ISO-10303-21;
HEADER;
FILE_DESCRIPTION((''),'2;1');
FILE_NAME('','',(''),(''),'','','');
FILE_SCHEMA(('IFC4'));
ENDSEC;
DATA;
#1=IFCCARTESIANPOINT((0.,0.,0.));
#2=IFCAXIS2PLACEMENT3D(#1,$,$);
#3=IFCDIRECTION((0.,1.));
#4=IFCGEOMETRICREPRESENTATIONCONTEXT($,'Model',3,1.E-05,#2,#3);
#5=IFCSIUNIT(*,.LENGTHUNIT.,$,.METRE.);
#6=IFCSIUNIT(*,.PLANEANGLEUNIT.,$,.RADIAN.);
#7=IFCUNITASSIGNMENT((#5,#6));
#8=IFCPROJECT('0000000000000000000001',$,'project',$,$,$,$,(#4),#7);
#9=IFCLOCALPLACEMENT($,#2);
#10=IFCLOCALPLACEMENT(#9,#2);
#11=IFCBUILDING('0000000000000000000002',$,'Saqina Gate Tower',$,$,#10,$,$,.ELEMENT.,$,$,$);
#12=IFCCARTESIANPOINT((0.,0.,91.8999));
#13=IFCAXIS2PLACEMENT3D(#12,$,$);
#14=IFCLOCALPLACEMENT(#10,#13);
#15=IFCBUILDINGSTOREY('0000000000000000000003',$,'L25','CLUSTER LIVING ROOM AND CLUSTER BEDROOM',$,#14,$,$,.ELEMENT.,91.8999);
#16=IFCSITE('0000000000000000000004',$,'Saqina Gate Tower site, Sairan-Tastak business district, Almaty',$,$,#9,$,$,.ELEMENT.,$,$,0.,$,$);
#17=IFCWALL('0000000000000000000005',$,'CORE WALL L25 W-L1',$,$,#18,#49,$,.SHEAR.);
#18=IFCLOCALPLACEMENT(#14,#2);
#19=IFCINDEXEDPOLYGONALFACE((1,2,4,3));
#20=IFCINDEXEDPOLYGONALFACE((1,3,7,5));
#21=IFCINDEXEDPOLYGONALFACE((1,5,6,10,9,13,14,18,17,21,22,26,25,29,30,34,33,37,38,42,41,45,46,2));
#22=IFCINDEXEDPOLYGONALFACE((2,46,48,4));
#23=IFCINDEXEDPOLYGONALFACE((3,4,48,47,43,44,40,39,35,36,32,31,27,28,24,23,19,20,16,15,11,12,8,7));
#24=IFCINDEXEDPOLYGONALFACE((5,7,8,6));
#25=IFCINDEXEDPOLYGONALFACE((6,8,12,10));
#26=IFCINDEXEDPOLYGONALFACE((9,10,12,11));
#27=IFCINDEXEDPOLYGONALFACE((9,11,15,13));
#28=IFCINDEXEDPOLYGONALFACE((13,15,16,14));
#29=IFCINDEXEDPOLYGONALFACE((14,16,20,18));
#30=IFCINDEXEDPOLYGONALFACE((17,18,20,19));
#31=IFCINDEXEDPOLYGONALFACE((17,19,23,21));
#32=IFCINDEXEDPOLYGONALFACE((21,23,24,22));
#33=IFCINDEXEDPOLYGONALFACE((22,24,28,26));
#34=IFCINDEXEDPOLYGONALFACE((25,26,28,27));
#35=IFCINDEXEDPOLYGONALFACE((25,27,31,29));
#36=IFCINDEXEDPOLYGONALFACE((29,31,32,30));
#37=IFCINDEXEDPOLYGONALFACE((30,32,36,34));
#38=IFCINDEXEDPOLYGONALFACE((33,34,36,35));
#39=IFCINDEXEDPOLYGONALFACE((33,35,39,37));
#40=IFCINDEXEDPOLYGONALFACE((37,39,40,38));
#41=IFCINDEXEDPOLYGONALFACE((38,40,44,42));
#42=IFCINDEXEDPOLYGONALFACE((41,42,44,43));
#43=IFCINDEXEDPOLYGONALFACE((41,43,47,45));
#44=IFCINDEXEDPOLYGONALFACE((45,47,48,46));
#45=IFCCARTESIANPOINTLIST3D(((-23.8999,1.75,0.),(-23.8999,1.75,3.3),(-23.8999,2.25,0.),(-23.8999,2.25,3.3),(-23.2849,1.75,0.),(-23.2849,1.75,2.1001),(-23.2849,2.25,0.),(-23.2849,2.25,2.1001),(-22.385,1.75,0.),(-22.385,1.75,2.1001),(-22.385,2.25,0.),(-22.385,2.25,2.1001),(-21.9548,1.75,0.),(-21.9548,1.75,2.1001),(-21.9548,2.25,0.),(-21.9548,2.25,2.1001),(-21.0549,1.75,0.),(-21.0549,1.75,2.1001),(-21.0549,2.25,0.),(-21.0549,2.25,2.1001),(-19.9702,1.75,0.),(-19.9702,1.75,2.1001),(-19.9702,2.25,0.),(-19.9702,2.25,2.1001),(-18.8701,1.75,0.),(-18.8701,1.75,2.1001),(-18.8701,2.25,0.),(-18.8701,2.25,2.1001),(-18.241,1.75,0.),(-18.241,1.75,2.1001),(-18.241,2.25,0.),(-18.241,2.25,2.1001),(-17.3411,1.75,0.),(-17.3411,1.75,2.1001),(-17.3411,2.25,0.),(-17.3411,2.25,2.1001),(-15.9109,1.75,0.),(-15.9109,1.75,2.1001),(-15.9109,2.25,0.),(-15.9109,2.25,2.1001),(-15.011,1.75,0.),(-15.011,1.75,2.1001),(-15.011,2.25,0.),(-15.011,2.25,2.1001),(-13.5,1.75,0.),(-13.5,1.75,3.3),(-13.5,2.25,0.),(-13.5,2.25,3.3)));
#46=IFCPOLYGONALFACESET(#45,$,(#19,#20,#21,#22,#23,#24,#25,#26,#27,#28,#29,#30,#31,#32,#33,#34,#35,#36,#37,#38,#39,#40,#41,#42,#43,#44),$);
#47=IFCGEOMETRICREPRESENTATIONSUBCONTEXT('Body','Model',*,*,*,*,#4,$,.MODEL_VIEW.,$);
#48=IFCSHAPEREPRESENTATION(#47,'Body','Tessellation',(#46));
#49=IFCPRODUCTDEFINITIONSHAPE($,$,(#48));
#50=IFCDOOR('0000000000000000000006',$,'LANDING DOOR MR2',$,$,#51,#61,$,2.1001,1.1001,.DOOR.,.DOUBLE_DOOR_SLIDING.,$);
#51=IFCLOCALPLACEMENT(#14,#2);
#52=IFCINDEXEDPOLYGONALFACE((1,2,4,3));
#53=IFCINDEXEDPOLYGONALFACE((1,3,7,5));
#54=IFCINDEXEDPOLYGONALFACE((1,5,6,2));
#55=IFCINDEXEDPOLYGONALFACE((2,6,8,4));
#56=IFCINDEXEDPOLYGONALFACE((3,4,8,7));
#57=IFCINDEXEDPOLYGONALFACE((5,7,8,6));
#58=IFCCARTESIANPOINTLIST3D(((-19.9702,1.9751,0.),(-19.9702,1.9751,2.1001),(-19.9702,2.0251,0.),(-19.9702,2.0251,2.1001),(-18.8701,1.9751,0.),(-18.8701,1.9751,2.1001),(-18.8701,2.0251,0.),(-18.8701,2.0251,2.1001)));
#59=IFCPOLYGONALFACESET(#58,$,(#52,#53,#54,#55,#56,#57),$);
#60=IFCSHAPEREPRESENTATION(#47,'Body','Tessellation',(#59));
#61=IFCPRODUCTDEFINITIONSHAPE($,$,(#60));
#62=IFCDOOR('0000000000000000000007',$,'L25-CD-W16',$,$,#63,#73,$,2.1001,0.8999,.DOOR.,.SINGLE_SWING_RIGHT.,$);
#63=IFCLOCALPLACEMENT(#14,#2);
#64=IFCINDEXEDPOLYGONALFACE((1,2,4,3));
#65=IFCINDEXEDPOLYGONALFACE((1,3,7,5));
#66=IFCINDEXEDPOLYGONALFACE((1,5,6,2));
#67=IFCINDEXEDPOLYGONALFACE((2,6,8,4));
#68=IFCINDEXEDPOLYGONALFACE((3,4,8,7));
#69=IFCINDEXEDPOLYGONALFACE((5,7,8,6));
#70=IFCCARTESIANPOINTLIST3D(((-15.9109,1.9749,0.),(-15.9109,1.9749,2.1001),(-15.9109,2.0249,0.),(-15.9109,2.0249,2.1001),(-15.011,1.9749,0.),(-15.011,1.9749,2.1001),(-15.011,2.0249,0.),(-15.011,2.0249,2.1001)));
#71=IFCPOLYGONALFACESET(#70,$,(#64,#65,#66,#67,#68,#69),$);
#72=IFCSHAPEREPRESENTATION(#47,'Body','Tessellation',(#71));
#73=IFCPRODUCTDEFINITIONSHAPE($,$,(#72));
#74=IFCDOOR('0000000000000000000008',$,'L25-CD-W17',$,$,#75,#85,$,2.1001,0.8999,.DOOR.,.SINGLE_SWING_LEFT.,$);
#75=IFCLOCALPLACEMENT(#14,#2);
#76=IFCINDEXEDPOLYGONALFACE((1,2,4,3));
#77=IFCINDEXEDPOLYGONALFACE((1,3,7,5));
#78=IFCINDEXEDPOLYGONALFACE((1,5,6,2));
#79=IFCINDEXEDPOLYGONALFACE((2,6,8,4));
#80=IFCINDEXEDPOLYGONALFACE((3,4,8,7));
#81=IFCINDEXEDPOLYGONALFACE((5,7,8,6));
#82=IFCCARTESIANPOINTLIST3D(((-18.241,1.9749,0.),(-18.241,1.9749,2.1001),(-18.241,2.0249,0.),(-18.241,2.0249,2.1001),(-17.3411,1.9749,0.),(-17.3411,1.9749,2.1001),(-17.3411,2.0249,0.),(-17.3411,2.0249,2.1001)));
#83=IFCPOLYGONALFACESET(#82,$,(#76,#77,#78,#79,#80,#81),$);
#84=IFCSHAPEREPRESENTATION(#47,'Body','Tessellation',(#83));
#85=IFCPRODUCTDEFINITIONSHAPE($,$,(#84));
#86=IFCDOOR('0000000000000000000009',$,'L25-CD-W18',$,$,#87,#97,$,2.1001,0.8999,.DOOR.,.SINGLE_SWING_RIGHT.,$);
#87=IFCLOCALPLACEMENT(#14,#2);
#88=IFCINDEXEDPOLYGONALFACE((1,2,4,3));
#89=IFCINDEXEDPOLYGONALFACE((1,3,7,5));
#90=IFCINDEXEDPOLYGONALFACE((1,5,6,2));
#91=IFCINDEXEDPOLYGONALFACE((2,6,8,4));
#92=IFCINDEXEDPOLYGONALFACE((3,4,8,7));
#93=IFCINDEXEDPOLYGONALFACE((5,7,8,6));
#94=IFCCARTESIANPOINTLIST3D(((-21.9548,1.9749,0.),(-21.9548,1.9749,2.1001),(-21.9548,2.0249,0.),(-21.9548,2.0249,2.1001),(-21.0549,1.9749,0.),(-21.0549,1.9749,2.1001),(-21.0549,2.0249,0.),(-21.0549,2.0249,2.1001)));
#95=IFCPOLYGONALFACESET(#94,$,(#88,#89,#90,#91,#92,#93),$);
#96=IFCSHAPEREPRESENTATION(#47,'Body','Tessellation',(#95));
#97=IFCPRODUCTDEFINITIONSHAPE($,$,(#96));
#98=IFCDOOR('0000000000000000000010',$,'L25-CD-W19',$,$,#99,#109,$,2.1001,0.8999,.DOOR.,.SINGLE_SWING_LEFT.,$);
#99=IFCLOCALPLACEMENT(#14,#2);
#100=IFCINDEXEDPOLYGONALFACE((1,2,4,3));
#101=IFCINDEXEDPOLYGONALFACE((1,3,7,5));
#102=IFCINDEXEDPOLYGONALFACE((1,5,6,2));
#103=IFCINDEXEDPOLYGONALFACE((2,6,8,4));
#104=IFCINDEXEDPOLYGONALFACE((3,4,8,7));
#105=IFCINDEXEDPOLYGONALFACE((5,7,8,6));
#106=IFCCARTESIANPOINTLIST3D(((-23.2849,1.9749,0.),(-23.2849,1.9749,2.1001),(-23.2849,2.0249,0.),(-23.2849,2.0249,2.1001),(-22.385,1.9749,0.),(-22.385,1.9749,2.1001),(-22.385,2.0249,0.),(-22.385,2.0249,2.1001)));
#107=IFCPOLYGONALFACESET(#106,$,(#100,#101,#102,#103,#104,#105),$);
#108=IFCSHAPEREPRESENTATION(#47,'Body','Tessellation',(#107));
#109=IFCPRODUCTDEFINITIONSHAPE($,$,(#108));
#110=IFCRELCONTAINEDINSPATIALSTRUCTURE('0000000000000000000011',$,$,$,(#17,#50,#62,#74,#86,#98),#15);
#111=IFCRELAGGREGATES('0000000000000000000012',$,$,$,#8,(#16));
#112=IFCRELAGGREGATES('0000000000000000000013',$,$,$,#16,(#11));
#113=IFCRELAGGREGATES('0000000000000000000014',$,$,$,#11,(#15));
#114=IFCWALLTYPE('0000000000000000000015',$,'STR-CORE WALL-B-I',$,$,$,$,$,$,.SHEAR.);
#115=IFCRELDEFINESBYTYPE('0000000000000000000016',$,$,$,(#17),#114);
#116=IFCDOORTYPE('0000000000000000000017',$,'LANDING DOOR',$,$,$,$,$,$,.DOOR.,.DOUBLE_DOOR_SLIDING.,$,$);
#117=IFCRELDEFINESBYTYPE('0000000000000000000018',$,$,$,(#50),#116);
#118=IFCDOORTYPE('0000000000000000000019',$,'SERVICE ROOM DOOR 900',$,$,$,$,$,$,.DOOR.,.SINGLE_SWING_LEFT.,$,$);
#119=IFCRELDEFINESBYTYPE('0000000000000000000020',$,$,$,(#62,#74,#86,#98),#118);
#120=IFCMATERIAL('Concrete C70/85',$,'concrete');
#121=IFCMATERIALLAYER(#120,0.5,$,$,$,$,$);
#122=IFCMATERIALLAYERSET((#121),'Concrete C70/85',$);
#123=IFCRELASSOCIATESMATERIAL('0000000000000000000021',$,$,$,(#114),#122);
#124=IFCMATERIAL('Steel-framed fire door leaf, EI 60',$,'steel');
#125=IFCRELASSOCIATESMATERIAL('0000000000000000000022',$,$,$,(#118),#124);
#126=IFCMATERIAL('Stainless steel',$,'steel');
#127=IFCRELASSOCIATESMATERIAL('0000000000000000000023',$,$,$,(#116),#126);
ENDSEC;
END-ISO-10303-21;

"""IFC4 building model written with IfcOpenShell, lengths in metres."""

from ifc_helpers import new_model, si_unit, direction, frame, frame_2d, origin, place, context, subcontext, project, spatial, rectangle, extrude, material, layer, layer_set, type_object, element, fill, save


model = new_model("IFC4")

# Units and contexts
model_context = context("Model", 3, precision=1e-05, world=origin(), true_north=direction((0.0, 1.0)))
body_context = subcontext(model_context, "Body", "Model", "MODEL_VIEW")
ifc_project = project(units=[si_unit("LENGTHUNIT", "METRE"), si_unit("PLANEANGLEUNIT", "RADIAN")], contexts=[model_context])

# Site, building, storey
site_placement = place(None, origin())
site = spatial("IfcSite", under=ifc_project, at=site_placement, Name="Saqina Gate Tower site, Sairan-Tastak business district, Almaty", CompositionType="ELEMENT", RefElevation=0.0)
building_placement = place(site_placement, origin())
building = spatial("IfcBuilding", under=site, at=building_placement, Name="Saqina Gate Tower", CompositionType="ELEMENT")
storey_placement = place(building_placement, frame((0.0, 0.0, 91.8999)))
storey = spatial("IfcBuildingStorey", under=building, at=storey_placement, Name="L25", Description="CLUSTER LIVING ROOM AND CLUSTER BEDROOM", CompositionType="ELEMENT", Elevation=91.8999)

# Wall, openings, doors
ifc_material_1 = material(Name="Concrete C70/85", Category="concrete")
ifc_layer_1 = layer(ifc_material_1, 0.5)
ifc_layer_set_1 = layer_set([ifc_layer_1], Name="Concrete C70/85")
wall_type_1 = type_object("IfcWallType", Name="STR-CORE WALL-B-I", PredefinedType="SHEAR", material=ifc_layer_set_1)
ifc_material_2 = material(Name="Steel-framed fire door leaf, EI 60", Category="steel")
door_type_1 = type_object("IfcDoorType", Name="SERVICE ROOM DOOR 900", OperationType="SINGLE_SWING_LEFT", PredefinedType="DOOR", material=ifc_material_2)
wall_1_placement = place(storey_placement, frame((-13.5, 2.0, 0.0), z_axis=(0.0, 0.0, 1.0), x_axis=(-1.0, 0.0, 0.0)))
wall_1 = element("IfcWall", 1, at=wall_1_placement, inside=storey, type_object=wall_type_1, Name="CORE WALL L25 W-L1", PredefinedType="SHEAR", context=body_context, shape_type="SweptSolid", body=[
    extrude(rectangle(XDim=10.3999, YDim=0.5, at=frame_2d((5.2, 0.0))), origin(), (0.0, 0.0, 1.0), 3.3),
])
opening_1_placement = place(wall_1_placement, frame((5.3701, 0.0, 0.0)))
opening_1 = element("IfcOpeningElement", 2, at=opening_1_placement, cuts=wall_1, PredefinedType="OPENING", context=body_context, shape_type="SweptSolid", body=[
    extrude(rectangle(XDim=1.1001, YDim=2.1001, at=frame_2d((0.55, 1.05))), frame((0.0, 0.262, 0.0), z_axis=(0.0, -1.0, 0.0), x_axis=(1.0, 0.0, 0.0)), (0.0, 0.0, 1.0), 0.5239),
])
opening_2_placement = place(wall_1_placement, frame((1.511, 0.0, 0.0)))
opening_2 = element("IfcOpeningElement", 3, at=opening_2_placement, cuts=wall_1, PredefinedType="OPENING", context=body_context, shape_type="SweptSolid", body=[
    extrude(rectangle(XDim=0.8999, YDim=2.1001, at=frame_2d((0.45, 1.05))), frame((0.0, 0.262, 0.0), z_axis=(0.0, -1.0, 0.0), x_axis=(1.0, 0.0, 0.0)), (0.0, 0.0, 1.0), 0.5239),
])
opening_3_placement = place(wall_1_placement, frame((3.8411, 0.0, 0.0)))
opening_3 = element("IfcOpeningElement", 4, at=opening_3_placement, cuts=wall_1, PredefinedType="OPENING", context=body_context, shape_type="SweptSolid", body=[
    extrude(rectangle(XDim=0.8999, YDim=2.1001, at=frame_2d((0.45, 1.05))), frame((0.0, 0.262, 0.0), z_axis=(0.0, -1.0, 0.0), x_axis=(1.0, 0.0, 0.0)), (0.0, 0.0, 1.0), 0.5239),
])
opening_4_placement = place(wall_1_placement, frame((7.5549, 0.0, 0.0)))
opening_4 = element("IfcOpeningElement", 5, at=opening_4_placement, cuts=wall_1, PredefinedType="OPENING", context=body_context, shape_type="SweptSolid", body=[
    extrude(rectangle(XDim=0.8999, YDim=2.1001, at=frame_2d((0.45, 1.05))), frame((0.0, 0.262, 0.0), z_axis=(0.0, -1.0, 0.0), x_axis=(1.0, 0.0, 0.0)), (0.0, 0.0, 1.0), 0.5239),
])
opening_5_placement = place(wall_1_placement, frame((8.885, 0.0, 0.0)))
opening_5 = element("IfcOpeningElement", 6, at=opening_5_placement, cuts=wall_1, PredefinedType="OPENING", context=body_context, shape_type="SweptSolid", body=[
    extrude(rectangle(XDim=0.8999, YDim=2.1001, at=frame_2d((0.45, 1.05))), frame((0.0, 0.262, 0.0), z_axis=(0.0, -1.0, 0.0), x_axis=(1.0, 0.0, 0.0)), (0.0, 0.0, 1.0), 0.5239),
])
ifc_material_3 = material(Name="Stainless steel", Category="steel")
door_type_2 = type_object("IfcDoorType", Name="LANDING DOOR", OperationType="DOUBLE_DOOR_SLIDING", PredefinedType="DOOR", material=ifc_material_3)
door_1_placement = place(opening_1_placement, origin())
door_1 = element("IfcDoor", 7, at=door_1_placement, inside=storey, type_object=door_type_2, Name="LANDING DOOR MR2", OperationType="DOUBLE_DOOR_SLIDING", OverallHeight=2.1001, OverallWidth=1.1001, PredefinedType="DOOR", context=body_context, shape_type="SweptSolid", body=[
    extrude(rectangle(XDim=1.1001, YDim=2.1001, at=frame_2d((0.55, 1.05))), frame((0.0, 0.0249, 0.0), z_axis=(0.0, -1.0, 0.0), x_axis=(1.0, 0.0, 0.0)), (0.0, 0.0, 1.0), 0.05),
])
fill(opening_1, door_1)
door_2_placement = place(opening_2_placement, frame((0.8999, 0.0, 0.0), z_axis=(0.0, 0.0, 1.0), x_axis=(-1.0, 0.0, 0.0)))
door_2 = element("IfcDoor", 8, at=door_2_placement, inside=storey, type_object=door_type_1, Name="L25-CD-W16", OperationType="SINGLE_SWING_RIGHT", OverallHeight=2.1001, OverallWidth=0.8999, PredefinedType="DOOR", context=body_context, shape_type="SweptSolid", body=[
    extrude(rectangle(XDim=0.8999, YDim=2.1001, at=frame_2d((0.45, 1.05))), frame((0.0, 0.0249, 0.0), z_axis=(0.0, -1.0, 0.0), x_axis=(1.0, 0.0, 0.0)), (0.0, 0.0, 1.0), 0.05),
])
fill(opening_2, door_2)
door_3_placement = place(opening_3_placement, frame((0.8999, 0.0, 0.0), z_axis=(0.0, 0.0, 1.0), x_axis=(-1.0, 0.0, 0.0)))
door_3 = element("IfcDoor", 9, at=door_3_placement, inside=storey, type_object=door_type_1, Name="L25-CD-W17", OperationType="SINGLE_SWING_LEFT", OverallHeight=2.1001, OverallWidth=0.8999, PredefinedType="DOOR", context=body_context, shape_type="SweptSolid", body=[
    extrude(rectangle(XDim=0.8999, YDim=2.1001, at=frame_2d((0.45, 1.05))), frame((0.0, 0.0249, 0.0), z_axis=(0.0, -1.0, 0.0), x_axis=(1.0, 0.0, 0.0)), (0.0, 0.0, 1.0), 0.05),
])
fill(opening_3, door_3)
door_4_placement = place(opening_4_placement, frame((0.8999, 0.0, 0.0), z_axis=(0.0, 0.0, 1.0), x_axis=(-1.0, 0.0, 0.0)))
door_4 = element("IfcDoor", 10, at=door_4_placement, inside=storey, type_object=door_type_1, Name="L25-CD-W18", OperationType="SINGLE_SWING_RIGHT", OverallHeight=2.1001, OverallWidth=0.8999, PredefinedType="DOOR", context=body_context, shape_type="SweptSolid", body=[
    extrude(rectangle(XDim=0.8999, YDim=2.1001, at=frame_2d((0.45, 1.05))), frame((0.0, 0.0249, 0.0), z_axis=(0.0, -1.0, 0.0), x_axis=(1.0, 0.0, 0.0)), (0.0, 0.0, 1.0), 0.05),
])
fill(opening_4, door_4)
door_5_placement = place(opening_5_placement, frame((0.8999, 0.0, 0.0), z_axis=(0.0, 0.0, 1.0), x_axis=(-1.0, 0.0, 0.0)))
door_5 = element("IfcDoor", 11, at=door_5_placement, inside=storey, type_object=door_type_1, Name="L25-CD-W19", OperationType="SINGLE_SWING_LEFT", OverallHeight=2.1001, OverallWidth=0.8999, PredefinedType="DOOR", context=body_context, shape_type="SweptSolid", body=[
    extrude(rectangle(XDim=0.8999, YDim=2.1001, at=frame_2d((0.45, 1.05))), frame((0.0, 0.0249, 0.0), z_axis=(0.0, -1.0, 0.0), x_axis=(1.0, 0.0, 0.0)), (0.0, 0.0, 1.0), 0.05),
])
fill(opening_5, door_5)

save(model, "model.ifc")
